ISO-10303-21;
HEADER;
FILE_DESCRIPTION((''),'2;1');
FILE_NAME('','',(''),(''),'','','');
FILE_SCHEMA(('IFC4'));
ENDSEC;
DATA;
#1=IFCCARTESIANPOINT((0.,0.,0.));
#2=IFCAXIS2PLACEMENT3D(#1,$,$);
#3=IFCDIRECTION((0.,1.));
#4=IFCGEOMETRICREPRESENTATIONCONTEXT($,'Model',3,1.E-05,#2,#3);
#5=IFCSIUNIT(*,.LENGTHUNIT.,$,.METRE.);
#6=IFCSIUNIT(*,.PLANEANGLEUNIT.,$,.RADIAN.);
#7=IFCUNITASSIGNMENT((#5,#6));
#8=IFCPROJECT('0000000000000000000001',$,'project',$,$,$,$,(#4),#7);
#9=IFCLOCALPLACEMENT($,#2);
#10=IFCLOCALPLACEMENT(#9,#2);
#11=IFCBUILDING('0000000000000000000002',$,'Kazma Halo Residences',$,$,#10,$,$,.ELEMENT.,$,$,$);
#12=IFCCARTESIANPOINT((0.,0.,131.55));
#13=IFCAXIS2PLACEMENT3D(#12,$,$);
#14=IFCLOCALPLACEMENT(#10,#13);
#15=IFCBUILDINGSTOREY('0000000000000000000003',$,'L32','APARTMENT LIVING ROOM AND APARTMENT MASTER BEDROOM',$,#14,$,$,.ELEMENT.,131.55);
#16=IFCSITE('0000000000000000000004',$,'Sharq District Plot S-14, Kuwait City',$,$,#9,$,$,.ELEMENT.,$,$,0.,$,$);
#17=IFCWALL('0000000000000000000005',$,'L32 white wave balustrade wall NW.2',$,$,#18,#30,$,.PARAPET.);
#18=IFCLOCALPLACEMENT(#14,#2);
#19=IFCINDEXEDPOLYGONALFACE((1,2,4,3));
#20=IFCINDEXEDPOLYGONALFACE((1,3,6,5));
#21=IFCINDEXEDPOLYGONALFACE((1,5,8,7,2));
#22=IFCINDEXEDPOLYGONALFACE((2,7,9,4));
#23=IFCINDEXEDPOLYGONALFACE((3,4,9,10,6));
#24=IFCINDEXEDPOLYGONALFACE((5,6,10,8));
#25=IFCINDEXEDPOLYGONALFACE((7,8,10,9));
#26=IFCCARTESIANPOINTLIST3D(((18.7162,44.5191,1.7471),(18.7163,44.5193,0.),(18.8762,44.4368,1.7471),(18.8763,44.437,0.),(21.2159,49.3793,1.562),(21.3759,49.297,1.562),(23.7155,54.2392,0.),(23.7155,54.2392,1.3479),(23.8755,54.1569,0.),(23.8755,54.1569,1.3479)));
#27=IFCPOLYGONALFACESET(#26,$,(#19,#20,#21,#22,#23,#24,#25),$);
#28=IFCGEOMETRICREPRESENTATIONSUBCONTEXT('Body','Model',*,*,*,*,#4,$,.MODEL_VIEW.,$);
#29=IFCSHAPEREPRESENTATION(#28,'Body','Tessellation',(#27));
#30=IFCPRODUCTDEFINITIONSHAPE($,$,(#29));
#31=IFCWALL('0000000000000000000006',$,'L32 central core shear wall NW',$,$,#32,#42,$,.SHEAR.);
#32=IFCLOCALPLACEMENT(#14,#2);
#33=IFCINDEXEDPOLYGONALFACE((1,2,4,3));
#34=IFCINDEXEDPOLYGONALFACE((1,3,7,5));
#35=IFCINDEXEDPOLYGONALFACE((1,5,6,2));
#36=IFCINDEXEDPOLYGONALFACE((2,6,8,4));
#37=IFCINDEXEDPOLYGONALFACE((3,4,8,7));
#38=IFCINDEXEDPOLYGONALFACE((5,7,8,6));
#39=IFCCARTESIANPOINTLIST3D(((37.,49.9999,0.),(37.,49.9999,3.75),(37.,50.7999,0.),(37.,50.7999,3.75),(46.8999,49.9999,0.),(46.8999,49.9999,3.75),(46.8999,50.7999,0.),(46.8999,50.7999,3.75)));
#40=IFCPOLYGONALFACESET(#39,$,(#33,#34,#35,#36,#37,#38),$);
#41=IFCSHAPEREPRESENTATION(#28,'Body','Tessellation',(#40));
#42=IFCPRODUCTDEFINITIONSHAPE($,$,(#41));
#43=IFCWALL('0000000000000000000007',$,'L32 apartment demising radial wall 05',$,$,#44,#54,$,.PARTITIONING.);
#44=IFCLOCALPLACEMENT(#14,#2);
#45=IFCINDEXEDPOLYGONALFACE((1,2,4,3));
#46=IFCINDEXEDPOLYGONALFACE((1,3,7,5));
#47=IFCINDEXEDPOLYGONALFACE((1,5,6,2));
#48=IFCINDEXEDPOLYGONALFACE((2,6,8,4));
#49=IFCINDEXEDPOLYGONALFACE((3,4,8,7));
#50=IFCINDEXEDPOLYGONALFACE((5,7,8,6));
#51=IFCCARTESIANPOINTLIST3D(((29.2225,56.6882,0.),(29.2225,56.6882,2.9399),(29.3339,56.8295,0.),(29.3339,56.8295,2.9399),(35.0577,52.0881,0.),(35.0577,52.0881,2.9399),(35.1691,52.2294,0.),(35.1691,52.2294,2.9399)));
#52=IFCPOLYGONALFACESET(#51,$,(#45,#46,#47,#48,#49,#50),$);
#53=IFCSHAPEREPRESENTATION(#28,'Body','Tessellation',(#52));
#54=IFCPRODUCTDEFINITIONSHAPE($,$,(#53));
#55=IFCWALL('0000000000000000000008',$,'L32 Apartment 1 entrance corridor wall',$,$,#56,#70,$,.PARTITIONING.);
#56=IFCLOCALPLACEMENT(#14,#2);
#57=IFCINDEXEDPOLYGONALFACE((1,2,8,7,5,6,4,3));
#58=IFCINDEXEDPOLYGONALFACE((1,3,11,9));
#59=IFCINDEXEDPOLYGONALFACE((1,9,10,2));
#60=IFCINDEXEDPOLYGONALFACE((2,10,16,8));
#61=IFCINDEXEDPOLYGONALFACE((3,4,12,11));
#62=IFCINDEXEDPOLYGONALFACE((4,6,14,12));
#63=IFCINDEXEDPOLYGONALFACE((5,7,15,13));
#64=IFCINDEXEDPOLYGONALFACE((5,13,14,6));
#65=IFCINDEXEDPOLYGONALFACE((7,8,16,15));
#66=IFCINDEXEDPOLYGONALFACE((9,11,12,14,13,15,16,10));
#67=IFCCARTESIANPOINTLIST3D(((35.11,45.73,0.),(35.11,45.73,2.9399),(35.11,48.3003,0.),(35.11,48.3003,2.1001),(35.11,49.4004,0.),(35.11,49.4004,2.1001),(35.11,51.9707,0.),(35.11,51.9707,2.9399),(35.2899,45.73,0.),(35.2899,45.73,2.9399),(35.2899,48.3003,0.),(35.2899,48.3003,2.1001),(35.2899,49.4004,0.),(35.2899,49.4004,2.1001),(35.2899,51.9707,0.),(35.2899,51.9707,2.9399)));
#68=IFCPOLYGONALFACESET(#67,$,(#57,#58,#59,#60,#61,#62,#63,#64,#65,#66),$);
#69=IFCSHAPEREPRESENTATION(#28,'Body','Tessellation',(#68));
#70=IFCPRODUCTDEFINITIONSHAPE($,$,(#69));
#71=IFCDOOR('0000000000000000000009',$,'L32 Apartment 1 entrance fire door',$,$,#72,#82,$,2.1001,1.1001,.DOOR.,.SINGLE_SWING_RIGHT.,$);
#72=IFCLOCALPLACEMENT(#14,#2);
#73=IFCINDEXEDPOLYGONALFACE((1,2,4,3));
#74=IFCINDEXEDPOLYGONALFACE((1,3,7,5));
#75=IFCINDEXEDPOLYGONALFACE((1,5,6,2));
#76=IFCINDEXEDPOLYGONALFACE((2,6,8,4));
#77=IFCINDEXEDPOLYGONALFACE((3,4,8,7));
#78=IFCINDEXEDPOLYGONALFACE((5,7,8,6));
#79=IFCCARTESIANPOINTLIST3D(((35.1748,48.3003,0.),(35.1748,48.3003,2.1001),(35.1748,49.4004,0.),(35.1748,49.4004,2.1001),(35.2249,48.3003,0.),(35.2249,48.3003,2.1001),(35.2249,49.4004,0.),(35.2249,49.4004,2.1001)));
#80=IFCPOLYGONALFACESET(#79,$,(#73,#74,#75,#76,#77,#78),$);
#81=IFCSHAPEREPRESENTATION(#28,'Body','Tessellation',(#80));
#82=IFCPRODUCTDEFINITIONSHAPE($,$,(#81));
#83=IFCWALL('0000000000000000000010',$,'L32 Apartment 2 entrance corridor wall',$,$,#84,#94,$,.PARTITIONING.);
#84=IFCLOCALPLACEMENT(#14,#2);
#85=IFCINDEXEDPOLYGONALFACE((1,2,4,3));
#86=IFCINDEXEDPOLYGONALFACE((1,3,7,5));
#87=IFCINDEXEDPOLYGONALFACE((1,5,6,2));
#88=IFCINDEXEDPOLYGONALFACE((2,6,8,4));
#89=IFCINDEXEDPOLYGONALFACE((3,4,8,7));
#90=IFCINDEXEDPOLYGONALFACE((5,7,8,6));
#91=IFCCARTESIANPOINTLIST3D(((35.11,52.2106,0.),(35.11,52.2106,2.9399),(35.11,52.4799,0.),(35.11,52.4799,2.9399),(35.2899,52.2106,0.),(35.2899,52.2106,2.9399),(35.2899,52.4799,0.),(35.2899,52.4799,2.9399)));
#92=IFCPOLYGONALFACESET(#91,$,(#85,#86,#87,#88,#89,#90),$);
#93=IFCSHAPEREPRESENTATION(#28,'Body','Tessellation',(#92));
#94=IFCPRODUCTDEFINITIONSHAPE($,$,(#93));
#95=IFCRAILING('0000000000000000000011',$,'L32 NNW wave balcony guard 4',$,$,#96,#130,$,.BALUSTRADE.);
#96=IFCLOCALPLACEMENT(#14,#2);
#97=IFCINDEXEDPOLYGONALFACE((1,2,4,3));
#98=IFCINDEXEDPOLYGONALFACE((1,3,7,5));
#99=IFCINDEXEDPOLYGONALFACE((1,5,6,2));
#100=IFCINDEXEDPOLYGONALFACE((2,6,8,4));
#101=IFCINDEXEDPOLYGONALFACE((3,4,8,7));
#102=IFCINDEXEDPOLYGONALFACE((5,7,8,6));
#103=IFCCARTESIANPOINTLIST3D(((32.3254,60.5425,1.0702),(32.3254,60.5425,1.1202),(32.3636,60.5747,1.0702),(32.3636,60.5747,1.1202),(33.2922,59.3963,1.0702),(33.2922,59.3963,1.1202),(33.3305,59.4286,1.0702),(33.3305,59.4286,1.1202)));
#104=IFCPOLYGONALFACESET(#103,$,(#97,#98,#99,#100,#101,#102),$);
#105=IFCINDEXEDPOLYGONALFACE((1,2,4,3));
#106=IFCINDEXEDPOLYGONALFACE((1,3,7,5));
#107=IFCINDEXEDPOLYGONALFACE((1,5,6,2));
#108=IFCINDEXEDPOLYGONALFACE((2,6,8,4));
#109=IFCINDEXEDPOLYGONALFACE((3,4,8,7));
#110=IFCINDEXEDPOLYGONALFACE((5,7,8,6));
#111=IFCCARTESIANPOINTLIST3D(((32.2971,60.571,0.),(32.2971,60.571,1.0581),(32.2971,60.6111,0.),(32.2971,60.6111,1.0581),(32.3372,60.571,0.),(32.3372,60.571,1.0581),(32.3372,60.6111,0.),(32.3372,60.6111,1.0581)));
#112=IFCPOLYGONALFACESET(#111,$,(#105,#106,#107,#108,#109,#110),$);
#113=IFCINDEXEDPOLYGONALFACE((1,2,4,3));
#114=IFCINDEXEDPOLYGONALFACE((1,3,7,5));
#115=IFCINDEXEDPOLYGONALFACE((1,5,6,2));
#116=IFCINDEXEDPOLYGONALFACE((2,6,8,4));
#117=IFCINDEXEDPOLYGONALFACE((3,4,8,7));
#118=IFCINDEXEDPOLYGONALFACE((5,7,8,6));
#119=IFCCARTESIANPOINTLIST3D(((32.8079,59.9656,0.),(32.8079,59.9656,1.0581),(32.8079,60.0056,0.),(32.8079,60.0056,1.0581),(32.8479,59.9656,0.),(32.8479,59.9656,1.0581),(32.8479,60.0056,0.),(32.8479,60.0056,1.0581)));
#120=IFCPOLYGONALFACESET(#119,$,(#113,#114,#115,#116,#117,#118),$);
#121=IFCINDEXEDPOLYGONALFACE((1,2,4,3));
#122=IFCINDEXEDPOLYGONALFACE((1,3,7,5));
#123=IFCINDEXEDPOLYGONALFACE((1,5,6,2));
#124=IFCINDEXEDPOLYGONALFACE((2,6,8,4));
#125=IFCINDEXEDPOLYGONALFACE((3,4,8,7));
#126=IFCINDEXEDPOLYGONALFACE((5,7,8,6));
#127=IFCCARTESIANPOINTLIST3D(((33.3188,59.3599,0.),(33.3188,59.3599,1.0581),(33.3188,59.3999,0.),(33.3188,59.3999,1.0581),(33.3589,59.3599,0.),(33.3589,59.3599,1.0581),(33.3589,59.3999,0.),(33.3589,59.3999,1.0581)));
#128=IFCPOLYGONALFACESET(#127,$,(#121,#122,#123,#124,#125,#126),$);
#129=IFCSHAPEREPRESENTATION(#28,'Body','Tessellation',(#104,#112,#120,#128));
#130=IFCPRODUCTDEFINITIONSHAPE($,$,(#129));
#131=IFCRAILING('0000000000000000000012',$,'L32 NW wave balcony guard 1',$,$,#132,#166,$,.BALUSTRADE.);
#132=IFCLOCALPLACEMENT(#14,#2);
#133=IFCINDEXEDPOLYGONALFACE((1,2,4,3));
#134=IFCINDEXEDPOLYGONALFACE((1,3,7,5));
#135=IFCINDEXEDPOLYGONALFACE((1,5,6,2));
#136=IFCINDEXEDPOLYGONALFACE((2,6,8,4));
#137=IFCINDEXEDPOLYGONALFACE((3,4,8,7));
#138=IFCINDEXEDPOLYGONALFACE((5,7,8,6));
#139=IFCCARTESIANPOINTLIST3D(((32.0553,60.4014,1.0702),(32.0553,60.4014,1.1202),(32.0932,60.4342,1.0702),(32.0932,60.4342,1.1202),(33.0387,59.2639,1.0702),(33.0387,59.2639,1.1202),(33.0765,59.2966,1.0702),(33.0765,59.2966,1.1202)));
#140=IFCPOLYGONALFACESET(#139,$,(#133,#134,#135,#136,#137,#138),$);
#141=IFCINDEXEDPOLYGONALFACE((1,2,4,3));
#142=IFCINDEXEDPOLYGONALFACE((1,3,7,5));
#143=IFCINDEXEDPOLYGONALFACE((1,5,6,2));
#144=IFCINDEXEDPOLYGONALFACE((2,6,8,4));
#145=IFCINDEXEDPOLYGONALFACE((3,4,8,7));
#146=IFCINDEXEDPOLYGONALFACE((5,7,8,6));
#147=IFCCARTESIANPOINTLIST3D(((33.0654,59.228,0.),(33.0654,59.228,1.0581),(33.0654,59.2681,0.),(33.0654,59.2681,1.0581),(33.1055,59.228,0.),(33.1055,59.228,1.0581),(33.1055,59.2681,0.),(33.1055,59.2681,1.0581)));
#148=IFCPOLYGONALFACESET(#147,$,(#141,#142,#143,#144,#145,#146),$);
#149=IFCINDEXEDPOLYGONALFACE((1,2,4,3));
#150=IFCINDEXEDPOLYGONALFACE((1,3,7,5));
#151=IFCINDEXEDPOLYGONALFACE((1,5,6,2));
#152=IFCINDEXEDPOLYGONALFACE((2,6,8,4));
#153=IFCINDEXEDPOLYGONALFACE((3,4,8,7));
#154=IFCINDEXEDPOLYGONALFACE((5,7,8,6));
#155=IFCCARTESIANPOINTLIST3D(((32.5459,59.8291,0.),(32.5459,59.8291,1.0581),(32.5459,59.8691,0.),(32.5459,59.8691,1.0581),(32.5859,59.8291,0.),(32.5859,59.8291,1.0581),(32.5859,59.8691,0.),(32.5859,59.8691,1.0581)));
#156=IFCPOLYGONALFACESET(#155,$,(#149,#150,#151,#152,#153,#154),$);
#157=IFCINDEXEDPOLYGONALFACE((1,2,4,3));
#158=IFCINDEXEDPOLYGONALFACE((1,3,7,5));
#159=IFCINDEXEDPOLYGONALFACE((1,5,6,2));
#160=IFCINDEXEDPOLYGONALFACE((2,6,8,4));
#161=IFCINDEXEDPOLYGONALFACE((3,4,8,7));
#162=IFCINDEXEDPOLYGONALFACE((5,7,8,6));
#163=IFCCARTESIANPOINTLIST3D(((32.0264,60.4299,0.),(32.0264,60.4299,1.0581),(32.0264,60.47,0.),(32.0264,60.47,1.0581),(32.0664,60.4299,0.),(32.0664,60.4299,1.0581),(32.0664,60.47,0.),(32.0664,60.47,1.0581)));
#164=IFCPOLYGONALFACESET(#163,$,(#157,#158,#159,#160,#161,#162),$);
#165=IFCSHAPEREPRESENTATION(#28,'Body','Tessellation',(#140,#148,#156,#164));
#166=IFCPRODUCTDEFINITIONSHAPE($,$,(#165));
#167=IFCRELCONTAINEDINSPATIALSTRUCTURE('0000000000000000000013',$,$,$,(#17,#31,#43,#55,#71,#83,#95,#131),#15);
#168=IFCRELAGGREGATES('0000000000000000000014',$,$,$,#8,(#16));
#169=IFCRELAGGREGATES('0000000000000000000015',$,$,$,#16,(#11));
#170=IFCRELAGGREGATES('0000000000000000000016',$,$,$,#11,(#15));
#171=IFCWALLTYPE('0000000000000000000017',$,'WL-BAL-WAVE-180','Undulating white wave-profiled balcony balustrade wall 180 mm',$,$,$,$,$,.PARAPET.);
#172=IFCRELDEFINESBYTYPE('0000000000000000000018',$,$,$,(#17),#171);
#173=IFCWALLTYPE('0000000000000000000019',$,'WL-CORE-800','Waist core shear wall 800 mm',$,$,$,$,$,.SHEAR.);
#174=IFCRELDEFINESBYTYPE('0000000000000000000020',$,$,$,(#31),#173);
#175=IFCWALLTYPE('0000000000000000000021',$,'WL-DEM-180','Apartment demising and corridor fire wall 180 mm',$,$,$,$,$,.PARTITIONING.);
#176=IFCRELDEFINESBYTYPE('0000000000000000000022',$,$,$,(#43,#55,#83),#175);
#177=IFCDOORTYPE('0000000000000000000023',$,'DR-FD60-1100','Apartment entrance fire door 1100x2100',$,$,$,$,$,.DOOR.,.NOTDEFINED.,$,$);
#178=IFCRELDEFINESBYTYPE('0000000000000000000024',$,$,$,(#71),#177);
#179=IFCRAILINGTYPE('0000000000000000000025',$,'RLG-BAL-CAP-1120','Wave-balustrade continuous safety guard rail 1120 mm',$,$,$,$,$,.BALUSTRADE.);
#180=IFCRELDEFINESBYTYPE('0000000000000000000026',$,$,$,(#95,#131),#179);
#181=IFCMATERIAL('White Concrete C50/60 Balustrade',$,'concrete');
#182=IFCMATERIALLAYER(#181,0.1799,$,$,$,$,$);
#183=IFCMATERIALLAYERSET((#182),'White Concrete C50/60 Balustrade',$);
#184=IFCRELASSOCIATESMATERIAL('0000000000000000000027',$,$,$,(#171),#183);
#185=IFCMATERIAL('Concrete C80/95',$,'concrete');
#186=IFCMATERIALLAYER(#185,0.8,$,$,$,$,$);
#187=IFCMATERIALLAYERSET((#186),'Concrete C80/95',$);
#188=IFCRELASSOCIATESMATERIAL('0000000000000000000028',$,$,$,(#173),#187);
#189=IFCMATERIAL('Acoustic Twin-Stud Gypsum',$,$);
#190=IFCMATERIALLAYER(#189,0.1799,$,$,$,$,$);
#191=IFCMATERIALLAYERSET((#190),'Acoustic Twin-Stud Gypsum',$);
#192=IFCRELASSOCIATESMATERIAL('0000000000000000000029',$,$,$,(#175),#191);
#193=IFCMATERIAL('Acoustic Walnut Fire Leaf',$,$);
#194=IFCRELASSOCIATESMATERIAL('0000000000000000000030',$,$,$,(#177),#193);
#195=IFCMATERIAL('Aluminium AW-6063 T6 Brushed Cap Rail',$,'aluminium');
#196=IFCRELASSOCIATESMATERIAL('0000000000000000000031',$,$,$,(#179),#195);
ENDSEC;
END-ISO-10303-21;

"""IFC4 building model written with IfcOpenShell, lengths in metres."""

from ifc_helpers import new_model, si_unit, direction, frame, frame_2d, origin, origin_2d, place, context, subcontext, project, spatial, polyline, rectangle, outline, extrude, material, layer, layer_set, type_object, element, fill, save


model = new_model("IFC4")

# Units and contexts
model_context = context("Model", 3, precision=1e-05, world=origin(), true_north=direction((0.0, 1.0)))
body_context = subcontext(model_context, "Body", "Model", "MODEL_VIEW")
ifc_project = project(units=[si_unit("LENGTHUNIT", "METRE"), si_unit("PLANEANGLEUNIT", "RADIAN")], contexts=[model_context])

# Site, building, storey
site_placement = place(None, origin())
site = spatial("IfcSite", under=ifc_project, at=site_placement, Name="Sharq District Plot S-14, Kuwait City", CompositionType="ELEMENT", RefElevation=0.0)
building_placement = place(site_placement, origin())
building = spatial("IfcBuilding", under=site, at=building_placement, Name="Kazma Halo Residences", CompositionType="ELEMENT")
storey_placement = place(building_placement, frame((0.0, 0.0, 131.55)))
storey = spatial("IfcBuildingStorey", under=building, at=storey_placement, Name="L32", Description="APARTMENT LIVING ROOM AND APARTMENT MASTER BEDROOM", CompositionType="ELEMENT", Elevation=131.55)

# Shared definitions
ifc_material_1 = material(Name="Concrete C80/95", Category="concrete")

# Walls
ifc_material_2 = material(Name="White Concrete C50/60 Balustrade", Category="concrete")
ifc_layer_1 = layer(ifc_material_2, 0.1799)
ifc_layer_set_1 = layer_set([ifc_layer_1], Name="White Concrete C50/60 Balustrade")
wall_type_1 = type_object("IfcWallType", Name="WL-BAL-WAVE-180", Description="Undulating white wave-profiled balcony balustrade wall 180 mm", PredefinedType="PARAPET", material=ifc_layer_set_1)
wall_1_placement = place(storey_placement, frame((23.7957, 54.198, 0.0), z_axis=(0.0, 0.0, 1.0), x_axis=(-0.457379, -0.889272, 0.0)))
element("IfcWall", 1, at=wall_1_placement, inside=storey, type_object=wall_type_1, Name="L32 white wave balustrade wall NW.2", PredefinedType="PARAPET", context=body_context, shape_type="SweptSolid", body=[
    extrude(outline(polyline([(0.0, 0.0), (10.9302, 0.0), (10.9304, 1.7471), (5.4651, 1.562), (0.0, 1.3479), (0.0, 0.0)])), frame((0.0, 0.0898, 0.0), z_axis=(0.0, -1.0, 0.0), x_axis=(1.0, 0.0, 0.0)), (0.0, 0.0, 1.0), 0.1799),
])
ifc_layer_2 = layer(ifc_material_1, 0.8)
ifc_layer_set_2 = layer_set([ifc_layer_2], Name="Concrete C80/95")
wall_type_2 = type_object("IfcWallType", Name="WL-CORE-800", Description="Waist core shear wall 800 mm", PredefinedType="SHEAR", material=ifc_layer_set_2)
wall_2_placement = place(storey_placement, frame((37.0, 50.3999, 0.0), z_axis=(0.0, 0.0, 1.0), x_axis=(1.0, 0.0, 0.0)))
element("IfcWall", 2, at=wall_2_placement, inside=storey, type_object=wall_type_2, Name="L32 central core shear wall NW", PredefinedType="SHEAR", context=body_context, shape_type="SweptSolid", body=[
    extrude(rectangle(XDim=9.8999, YDim=0.8, at=frame_2d((4.95, 0.0))), origin(), (0.0, 0.0, 1.0), 3.75),
])
ifc_material_3 = material(Name="Acoustic Twin-Stud Gypsum")
ifc_layer_3 = layer(ifc_material_3, 0.1799)
ifc_layer_set_3 = layer_set([ifc_layer_3], Name="Acoustic Twin-Stud Gypsum")
wall_type_3 = type_object("IfcWallType", Name="WL-DEM-180", Description="Apartment demising and corridor fire wall 180 mm", PredefinedType="PARTITIONING", material=ifc_layer_set_3)
wall_3_placement = place(storey_placement, frame((35.1135, 52.1587, 0.0), z_axis=(0.0, 0.0, 1.0), x_axis=(-0.785317, 0.619093, 0.0)))
element("IfcWall", 3, at=wall_3_placement, inside=storey, type_object=wall_type_3, Name="L32 apartment demising radial wall 05", PredefinedType="PARTITIONING", context=body_context, shape_type="SweptSolid", body=[
    extrude(rectangle(XDim=7.4304, YDim=0.1799, at=frame_2d((3.7153, 0.0))), origin(), (0.0, 0.0, 1.0), 2.9399),
])

# Wall, opening, door
wall_4_placement = place(storey_placement, frame((35.2, 51.9707, 0.0), z_axis=(0.0, 0.0, 1.0), x_axis=(0.0, -1.0, 0.0)))
wall_4 = element("IfcWall", 4, at=wall_4_placement, inside=storey, type_object=wall_type_3, Name="L32 Apartment 1 entrance corridor wall", PredefinedType="PARTITIONING", context=body_context, shape_type="SweptSolid", body=[
    extrude(rectangle(XDim=6.2407, YDim=0.1799, at=frame_2d((3.1204, 0.0))), origin(), (0.0, 0.0, 1.0), 2.9399),
])
opening_1_placement = place(wall_4_placement, frame((2.5703, 0.0, 0.0)))
opening_1 = element("IfcOpeningElement", 5, at=opening_1_placement, cuts=wall_4, PredefinedType="OPENING", context=body_context, shape_type="SweptSolid", body=[
    extrude(rectangle(XDim=1.1001, YDim=2.1001, at=frame_2d((0.55, 1.05))), frame((0.0, 0.0999, 0.0), z_axis=(0.0, -1.0, 0.0), x_axis=(1.0, 0.0, 0.0)), (0.0, 0.0, 1.0), 0.2),
])
ifc_material_4 = material(Name="Acoustic Walnut Fire Leaf")
door_type_1 = type_object("IfcDoorType", Name="DR-FD60-1100", Description="Apartment entrance fire door 1100x2100", OperationType="NOTDEFINED", PredefinedType="DOOR", material=ifc_material_4)
door_1_placement = place(opening_1_placement, origin())
door_1 = element("IfcDoor", 6, at=door_1_placement, inside=storey, type_object=door_type_1, Name="L32 Apartment 1 entrance fire door", OperationType="SINGLE_SWING_RIGHT", OverallHeight=2.1001, OverallWidth=1.1001, PredefinedType="DOOR", context=body_context, shape_type="SweptSolid", body=[
    extrude(rectangle(XDim=1.1001, YDim=2.1001, at=frame_2d((0.55, 1.05))), frame((0.0, 0.0249, 0.0), z_axis=(0.0, -1.0, 0.0), x_axis=(1.0, 0.0, 0.0)), (0.0, 0.0, 1.0), 0.05),
])
fill(opening_1, door_1)

# Wall
wall_5_placement = place(storey_placement, frame((35.2, 52.48, 0.0), z_axis=(0.0, 0.0, 1.0), x_axis=(0.0, -1.0, 0.0)))
element("IfcWall", 7, at=wall_5_placement, inside=storey, type_object=wall_type_3, Name="L32 Apartment 2 entrance corridor wall", PredefinedType="PARTITIONING", context=body_context, shape_type="SweptSolid", body=[
    extrude(rectangle(XDim=0.2693, YDim=0.1799, at=frame_2d((0.1348, 0.0))), origin(), (0.0, 0.0, 1.0), 2.9399),
])

# Railings
ifc_material_5 = material(Name="Aluminium AW-6063 T6 Brushed Cap Rail", Category="aluminium")
railing_type = type_object("IfcRailingType", Name="RLG-BAL-CAP-1120", Description="Wave-balustrade continuous safety guard rail 1120 mm", PredefinedType="BALUSTRADE", material=ifc_material_5)
railing_1_placement = place(storey_placement, frame((32.3171, 60.5911, 0.0)))
element("IfcRailing", 8, at=railing_1_placement, inside=storey, type_object=railing_type, Name="L32 NNW wave balcony guard 4", PredefinedType="BALUSTRADE", context=body_context, shape_type="SweptSolid", body=[
    extrude(rectangle(XDim=0.05, YDim=0.05, at=origin_2d()), frame((0.0273, -0.0325, 1.0952), z_axis=(0.644795, -0.764356, 0.0), x_axis=(0.764356, 0.644795, 0.0)), (0.0, 0.0, 1.0), 1.4995),
    extrude(rectangle(XDim=0.04, YDim=0.04, at=origin_2d()), origin(), (0.0, 0.0, 1.0), 1.0581),
    extrude(rectangle(XDim=0.04, YDim=0.04, at=origin_2d()), frame((0.5107, -0.6055, 0.0)), (0.0, 0.0, 1.0), 1.0581),
    extrude(rectangle(XDim=0.04, YDim=0.04, at=origin_2d()), frame((1.0217, -1.2112, 0.0)), (0.0, 0.0, 1.0), 1.0581),
])
railing_2_placement = place(storey_placement, frame((33.0854, 59.248, 0.0)))
element("IfcRailing", 9, at=railing_2_placement, inside=storey, type_object=railing_type, Name="L32 NW wave balcony guard 1", PredefinedType="BALUSTRADE", context=body_context, shape_type="SweptSolid", body=[
    extrude(rectangle(XDim=0.05, YDim=0.05, at=origin_2d()), frame((-0.0278, 0.0322, 1.0952), z_axis=(-0.654, 0.756495, 0.0), x_axis=(-0.756495, -0.654, 0.0)), (0.0, 0.0, 1.0), 1.5037),
    extrude(rectangle(XDim=0.04, YDim=0.04, at=origin_2d()), origin(), (0.0, 0.0, 1.0), 1.0581),
    extrude(rectangle(XDim=0.04, YDim=0.04, at=origin_2d()), frame((-0.5195, 0.6011, 0.0)), (0.0, 0.0, 1.0), 1.0581),
    extrude(rectangle(XDim=0.04, YDim=0.04, at=origin_2d()), frame((-1.0391, 1.2019, 0.0)), (0.0, 0.0, 1.0), 1.0581),
])

save(model, "model.ifc")
